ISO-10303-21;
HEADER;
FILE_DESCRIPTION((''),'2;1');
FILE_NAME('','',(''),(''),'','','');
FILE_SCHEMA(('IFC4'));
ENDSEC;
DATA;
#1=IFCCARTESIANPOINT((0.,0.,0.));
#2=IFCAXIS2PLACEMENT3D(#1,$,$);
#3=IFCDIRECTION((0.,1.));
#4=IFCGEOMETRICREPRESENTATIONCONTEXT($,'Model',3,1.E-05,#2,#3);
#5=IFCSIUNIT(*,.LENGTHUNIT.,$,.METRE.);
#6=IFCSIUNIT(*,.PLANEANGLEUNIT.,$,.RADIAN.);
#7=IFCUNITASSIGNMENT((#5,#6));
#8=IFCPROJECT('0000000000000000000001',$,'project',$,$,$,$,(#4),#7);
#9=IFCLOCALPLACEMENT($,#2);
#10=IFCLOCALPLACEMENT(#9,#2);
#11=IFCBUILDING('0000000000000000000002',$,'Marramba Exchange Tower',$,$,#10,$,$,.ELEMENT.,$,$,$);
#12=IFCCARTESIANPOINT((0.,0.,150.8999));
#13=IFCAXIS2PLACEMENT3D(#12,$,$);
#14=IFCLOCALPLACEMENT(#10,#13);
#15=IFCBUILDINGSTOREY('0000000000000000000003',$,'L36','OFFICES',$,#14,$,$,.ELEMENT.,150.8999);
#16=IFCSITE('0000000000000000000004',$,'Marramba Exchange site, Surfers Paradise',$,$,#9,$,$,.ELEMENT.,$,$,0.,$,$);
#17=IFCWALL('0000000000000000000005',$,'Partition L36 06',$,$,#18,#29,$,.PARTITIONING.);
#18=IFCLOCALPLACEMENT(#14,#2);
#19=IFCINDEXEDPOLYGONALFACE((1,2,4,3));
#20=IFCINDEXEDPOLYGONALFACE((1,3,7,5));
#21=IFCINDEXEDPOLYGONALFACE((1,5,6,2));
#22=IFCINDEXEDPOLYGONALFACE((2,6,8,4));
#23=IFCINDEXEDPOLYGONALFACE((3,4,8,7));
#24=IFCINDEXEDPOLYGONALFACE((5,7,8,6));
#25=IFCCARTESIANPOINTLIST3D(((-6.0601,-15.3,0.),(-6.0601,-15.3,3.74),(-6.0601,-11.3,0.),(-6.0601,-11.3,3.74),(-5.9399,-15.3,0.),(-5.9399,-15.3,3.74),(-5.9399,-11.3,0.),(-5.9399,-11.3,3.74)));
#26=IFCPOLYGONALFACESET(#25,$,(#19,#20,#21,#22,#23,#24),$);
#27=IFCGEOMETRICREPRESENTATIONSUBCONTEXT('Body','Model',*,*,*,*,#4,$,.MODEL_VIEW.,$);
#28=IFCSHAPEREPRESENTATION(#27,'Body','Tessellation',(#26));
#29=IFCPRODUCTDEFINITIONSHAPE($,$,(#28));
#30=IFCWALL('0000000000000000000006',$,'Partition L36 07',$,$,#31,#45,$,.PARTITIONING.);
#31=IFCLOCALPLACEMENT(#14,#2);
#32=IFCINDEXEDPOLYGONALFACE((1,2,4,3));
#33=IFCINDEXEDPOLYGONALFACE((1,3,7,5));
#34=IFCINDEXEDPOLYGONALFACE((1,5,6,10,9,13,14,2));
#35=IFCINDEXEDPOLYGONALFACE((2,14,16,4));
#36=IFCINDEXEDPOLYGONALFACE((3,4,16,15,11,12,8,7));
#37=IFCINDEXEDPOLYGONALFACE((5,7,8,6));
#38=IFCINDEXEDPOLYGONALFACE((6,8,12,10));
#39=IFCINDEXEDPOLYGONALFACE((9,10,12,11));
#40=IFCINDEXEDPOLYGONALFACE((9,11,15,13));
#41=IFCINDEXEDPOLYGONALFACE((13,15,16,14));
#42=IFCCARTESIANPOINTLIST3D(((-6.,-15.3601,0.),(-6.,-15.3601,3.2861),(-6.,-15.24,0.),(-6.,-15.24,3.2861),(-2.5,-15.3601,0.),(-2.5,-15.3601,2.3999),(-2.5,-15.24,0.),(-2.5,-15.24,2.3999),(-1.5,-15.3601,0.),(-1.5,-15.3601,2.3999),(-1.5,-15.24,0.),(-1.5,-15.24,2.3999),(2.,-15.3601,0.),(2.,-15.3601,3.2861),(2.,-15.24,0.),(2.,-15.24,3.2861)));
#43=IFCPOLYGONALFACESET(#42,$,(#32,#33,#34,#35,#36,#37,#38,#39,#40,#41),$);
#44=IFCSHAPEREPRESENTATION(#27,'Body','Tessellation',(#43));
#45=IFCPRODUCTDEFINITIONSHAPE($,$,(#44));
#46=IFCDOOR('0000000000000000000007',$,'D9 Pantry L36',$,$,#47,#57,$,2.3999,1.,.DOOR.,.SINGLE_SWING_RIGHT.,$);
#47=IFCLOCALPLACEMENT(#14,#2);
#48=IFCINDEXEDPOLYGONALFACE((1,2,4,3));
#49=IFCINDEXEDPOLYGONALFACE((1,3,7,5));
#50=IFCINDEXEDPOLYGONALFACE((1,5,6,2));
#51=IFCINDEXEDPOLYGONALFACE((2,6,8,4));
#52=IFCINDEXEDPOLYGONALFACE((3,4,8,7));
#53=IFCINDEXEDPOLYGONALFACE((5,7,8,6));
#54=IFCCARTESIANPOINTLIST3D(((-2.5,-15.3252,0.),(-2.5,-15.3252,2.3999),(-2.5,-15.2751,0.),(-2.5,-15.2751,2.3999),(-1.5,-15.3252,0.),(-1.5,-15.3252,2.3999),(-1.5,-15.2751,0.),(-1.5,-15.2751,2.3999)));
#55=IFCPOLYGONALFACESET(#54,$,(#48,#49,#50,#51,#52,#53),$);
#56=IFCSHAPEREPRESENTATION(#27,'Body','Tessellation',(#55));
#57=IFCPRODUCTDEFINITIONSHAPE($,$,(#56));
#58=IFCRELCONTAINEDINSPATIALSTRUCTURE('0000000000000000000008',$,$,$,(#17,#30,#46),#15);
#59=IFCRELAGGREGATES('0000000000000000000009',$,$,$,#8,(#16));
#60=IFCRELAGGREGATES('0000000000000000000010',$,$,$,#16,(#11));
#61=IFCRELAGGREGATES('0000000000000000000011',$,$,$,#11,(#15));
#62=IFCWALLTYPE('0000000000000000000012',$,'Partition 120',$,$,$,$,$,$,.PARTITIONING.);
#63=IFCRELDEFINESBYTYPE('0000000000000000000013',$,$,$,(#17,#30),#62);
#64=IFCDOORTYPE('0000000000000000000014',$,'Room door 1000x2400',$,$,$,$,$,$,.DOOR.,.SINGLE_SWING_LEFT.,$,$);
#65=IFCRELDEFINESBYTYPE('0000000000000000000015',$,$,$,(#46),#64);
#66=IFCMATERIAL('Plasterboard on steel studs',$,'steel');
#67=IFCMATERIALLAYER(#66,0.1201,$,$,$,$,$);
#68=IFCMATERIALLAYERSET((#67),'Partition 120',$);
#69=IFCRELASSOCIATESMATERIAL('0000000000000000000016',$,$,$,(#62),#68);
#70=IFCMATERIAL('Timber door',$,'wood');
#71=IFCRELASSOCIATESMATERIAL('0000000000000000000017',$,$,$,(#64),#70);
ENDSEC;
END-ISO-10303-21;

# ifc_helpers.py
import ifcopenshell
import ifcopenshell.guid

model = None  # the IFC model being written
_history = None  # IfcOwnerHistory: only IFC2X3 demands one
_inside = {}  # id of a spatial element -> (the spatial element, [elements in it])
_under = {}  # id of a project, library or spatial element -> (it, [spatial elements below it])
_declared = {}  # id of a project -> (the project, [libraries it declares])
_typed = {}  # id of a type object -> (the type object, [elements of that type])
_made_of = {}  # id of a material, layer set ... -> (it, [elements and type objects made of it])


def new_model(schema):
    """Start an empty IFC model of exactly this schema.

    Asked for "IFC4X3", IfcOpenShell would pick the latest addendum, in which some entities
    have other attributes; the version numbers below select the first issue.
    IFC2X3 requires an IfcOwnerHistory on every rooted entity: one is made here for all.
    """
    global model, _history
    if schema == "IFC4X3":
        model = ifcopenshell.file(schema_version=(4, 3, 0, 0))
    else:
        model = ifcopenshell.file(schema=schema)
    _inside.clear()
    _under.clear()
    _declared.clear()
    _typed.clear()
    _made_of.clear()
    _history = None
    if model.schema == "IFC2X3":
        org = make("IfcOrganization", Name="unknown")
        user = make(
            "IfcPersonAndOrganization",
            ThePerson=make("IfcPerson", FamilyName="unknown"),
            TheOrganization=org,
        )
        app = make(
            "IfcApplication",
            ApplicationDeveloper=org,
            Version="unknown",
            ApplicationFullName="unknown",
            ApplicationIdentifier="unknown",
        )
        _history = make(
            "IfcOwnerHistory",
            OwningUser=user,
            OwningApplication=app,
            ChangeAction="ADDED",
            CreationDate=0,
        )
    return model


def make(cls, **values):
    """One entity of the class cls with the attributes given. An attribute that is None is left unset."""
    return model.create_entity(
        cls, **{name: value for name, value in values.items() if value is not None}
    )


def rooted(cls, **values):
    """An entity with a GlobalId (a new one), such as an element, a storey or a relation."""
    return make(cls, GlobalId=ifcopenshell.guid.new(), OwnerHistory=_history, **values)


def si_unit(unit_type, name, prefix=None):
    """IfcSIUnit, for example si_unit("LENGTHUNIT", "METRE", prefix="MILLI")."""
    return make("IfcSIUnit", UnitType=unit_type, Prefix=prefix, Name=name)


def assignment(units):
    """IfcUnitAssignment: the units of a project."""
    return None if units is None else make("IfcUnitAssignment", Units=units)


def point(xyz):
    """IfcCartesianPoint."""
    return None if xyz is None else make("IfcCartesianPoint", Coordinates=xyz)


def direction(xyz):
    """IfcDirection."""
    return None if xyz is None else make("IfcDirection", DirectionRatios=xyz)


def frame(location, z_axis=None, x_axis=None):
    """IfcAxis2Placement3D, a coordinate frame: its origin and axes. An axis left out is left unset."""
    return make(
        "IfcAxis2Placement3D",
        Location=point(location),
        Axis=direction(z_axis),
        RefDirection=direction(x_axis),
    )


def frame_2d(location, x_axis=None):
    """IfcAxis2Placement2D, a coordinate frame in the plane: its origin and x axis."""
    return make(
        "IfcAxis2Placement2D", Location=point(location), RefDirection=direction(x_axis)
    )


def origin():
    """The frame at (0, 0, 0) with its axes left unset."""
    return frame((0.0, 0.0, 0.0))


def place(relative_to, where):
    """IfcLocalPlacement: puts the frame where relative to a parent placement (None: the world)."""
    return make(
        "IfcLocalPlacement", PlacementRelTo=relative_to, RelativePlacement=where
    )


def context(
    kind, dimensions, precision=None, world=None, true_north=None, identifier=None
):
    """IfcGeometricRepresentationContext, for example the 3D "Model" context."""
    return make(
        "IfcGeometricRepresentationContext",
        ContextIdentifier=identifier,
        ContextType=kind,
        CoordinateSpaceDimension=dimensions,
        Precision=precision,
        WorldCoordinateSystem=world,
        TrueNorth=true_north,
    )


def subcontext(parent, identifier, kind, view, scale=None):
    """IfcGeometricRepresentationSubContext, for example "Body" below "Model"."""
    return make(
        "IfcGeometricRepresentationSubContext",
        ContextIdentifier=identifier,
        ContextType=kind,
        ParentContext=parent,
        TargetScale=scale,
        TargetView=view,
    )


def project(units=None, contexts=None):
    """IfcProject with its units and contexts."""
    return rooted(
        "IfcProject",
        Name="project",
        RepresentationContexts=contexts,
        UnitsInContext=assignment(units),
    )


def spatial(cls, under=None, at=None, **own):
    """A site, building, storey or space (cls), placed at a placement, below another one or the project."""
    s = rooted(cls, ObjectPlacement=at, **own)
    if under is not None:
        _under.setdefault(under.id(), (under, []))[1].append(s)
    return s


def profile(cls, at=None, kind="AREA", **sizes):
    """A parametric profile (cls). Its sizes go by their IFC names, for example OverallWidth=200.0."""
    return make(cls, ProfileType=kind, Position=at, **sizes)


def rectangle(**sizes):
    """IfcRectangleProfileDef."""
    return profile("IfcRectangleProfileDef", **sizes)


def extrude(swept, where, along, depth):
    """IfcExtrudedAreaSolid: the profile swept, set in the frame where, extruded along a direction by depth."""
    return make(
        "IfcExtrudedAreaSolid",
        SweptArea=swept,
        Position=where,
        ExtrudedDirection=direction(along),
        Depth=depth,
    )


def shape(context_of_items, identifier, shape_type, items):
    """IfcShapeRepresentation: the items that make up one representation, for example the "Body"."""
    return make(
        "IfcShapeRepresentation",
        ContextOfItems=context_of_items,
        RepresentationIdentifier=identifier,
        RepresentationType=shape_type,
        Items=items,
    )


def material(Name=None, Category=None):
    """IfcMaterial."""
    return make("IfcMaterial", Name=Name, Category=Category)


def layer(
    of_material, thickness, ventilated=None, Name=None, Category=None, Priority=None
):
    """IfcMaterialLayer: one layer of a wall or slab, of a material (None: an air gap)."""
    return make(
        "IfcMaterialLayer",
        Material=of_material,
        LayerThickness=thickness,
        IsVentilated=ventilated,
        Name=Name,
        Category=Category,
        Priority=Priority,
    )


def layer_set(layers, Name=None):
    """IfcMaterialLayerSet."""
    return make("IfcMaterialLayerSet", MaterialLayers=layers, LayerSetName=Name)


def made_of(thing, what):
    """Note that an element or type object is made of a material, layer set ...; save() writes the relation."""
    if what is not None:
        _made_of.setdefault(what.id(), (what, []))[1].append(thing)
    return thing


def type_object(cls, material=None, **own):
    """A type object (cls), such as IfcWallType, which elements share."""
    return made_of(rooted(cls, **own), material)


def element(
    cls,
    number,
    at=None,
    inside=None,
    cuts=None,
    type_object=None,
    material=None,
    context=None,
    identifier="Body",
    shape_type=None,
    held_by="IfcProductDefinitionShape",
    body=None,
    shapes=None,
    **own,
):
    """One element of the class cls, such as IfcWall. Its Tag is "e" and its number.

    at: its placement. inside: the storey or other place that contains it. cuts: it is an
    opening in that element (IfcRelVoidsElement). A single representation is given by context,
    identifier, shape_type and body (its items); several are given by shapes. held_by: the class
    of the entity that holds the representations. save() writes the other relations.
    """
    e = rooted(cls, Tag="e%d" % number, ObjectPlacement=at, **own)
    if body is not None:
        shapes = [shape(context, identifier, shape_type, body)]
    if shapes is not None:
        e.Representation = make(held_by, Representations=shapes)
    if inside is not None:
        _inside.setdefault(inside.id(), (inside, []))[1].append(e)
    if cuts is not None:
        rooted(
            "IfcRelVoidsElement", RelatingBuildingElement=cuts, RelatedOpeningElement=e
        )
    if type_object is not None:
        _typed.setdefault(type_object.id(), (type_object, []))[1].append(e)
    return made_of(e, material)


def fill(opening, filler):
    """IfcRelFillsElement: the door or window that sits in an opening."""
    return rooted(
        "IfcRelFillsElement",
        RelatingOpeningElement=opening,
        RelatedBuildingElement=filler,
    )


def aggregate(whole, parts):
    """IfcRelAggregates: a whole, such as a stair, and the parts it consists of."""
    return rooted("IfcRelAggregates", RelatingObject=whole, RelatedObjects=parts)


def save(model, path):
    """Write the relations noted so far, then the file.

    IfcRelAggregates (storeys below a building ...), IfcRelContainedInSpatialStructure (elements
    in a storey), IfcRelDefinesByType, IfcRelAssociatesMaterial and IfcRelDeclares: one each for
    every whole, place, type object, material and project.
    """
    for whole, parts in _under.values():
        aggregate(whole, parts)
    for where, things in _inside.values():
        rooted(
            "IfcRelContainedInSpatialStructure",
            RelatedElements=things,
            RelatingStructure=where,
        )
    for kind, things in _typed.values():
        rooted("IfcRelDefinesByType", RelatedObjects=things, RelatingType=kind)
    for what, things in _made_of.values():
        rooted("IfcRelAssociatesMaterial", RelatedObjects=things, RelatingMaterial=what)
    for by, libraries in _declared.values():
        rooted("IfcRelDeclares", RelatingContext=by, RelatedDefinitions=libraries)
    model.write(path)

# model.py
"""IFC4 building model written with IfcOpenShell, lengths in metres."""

from ifc_helpers import new_model, si_unit, direction, frame, frame_2d, origin, place, context, subcontext, project, spatial, rectangle, extrude, material, layer, layer_set, type_object, element, fill, save


model = new_model("IFC4")

# Units and contexts
model_context = context("Model", 3, precision=1e-05, world=origin(), true_north=direction((0.0, 1.0)))
body_context = subcontext(model_context, "Body", "Model", "MODEL_VIEW")
ifc_project = project(units=[si_unit("LENGTHUNIT", "METRE"), si_unit("PLANEANGLEUNIT", "RADIAN")], contexts=[model_context])

# Site, building, storey
site_placement = place(None, origin())
site = spatial("IfcSite", under=ifc_project, at=site_placement, Name="Marramba Exchange site, Surfers Paradise", CompositionType="ELEMENT", RefElevation=0.0)
building_placement = place(site_placement, origin())
building = spatial("IfcBuilding", under=site, at=building_placement, Name="Marramba Exchange Tower", CompositionType="ELEMENT")
storey_placement = place(building_placement, frame((0.0, 0.0, 150.8999)))
storey = spatial("IfcBuildingStorey", under=building, at=storey_placement, Name="L36", Description="OFFICES", CompositionType="ELEMENT", Elevation=150.8999)

# Wall
ifc_material_1 = material(Name="Plasterboard on steel studs", Category="steel")
ifc_layer_1 = layer(ifc_material_1, 0.1201)
ifc_layer_set_1 = layer_set([ifc_layer_1], Name="Partition 120")
wall_type_1 = type_object("IfcWallType", Name="Partition 120", PredefinedType="PARTITIONING", material=ifc_layer_set_1)
wall_1_placement = place(storey_placement, frame((-6.0, -11.3, 0.0), z_axis=(0.0, 0.0, 1.0), x_axis=(0.0, -1.0, 0.0)))
element("IfcWall", 1, at=wall_1_placement, inside=storey, type_object=wall_type_1, Name="Partition L36 06", PredefinedType="PARTITIONING", context=body_context, shape_type="SweptSolid", body=[
    extrude(rectangle(XDim=4.0, YDim=0.1201, at=frame_2d((2.0, 0.0))), origin(), (0.0, 0.0, 1.0), 3.74),
])

# Wall, opening, door
wall_2_placement = place(storey_placement, frame((-6.0, -15.3, 0.0), z_axis=(0.0, 0.0, 1.0), x_axis=(1.0, 0.0, 0.0)))
wall_2 = element("IfcWall", 2, at=wall_2_placement, inside=storey, type_object=wall_type_1, Name="Partition L36 07", PredefinedType="PARTITIONING", context=body_context, shape_type="SweptSolid", body=[
    extrude(rectangle(XDim=8.0, YDim=0.1201, at=frame_2d((4.0, 0.0))), origin(), (0.0, 0.0, 1.0), 3.2861),
])
opening_1_placement = place(wall_2_placement, frame((3.5, 0.0, 0.0)))
opening_1 = element("IfcOpeningElement", 3, at=opening_1_placement, cuts=wall_2, PredefinedType="OPENING", context=body_context, shape_type="SweptSolid", body=[
    extrude(rectangle(XDim=1.0, YDim=2.3999, at=frame_2d((0.5, 1.2))), frame((0.0, 0.0701, 0.0), z_axis=(0.0, -1.0, 0.0), x_axis=(1.0, 0.0, 0.0)), (0.0, 0.0, 1.0), 0.1401),
])
ifc_material_2 = material(Name="Timber door", Category="wood")
door_type_1 = type_object("IfcDoorType", Name="Room door 1000x2400", OperationType="SINGLE_SWING_LEFT", PredefinedType="DOOR", material=ifc_material_2)
door_1_placement = place(opening_1_placement, origin())
door_1 = element("IfcDoor", 4, at=door_1_placement, inside=storey, type_object=door_type_1, Name="D9 Pantry L36", OperationType="SINGLE_SWING_RIGHT", OverallHeight=2.3999, OverallWidth=1.0, PredefinedType="DOOR", context=body_context, shape_type="SweptSolid", body=[
    extrude(rectangle(XDim=1.0, YDim=2.3999, at=frame_2d((0.5, 1.2))), frame((0.0, 0.0249, 0.0), z_axis=(0.0, -1.0, 0.0), x_axis=(1.0, 0.0, 0.0)), (0.0, 0.0, 1.0), 0.05),
])
fill(opening_1, door_1)

save(model, "model.ifc")
